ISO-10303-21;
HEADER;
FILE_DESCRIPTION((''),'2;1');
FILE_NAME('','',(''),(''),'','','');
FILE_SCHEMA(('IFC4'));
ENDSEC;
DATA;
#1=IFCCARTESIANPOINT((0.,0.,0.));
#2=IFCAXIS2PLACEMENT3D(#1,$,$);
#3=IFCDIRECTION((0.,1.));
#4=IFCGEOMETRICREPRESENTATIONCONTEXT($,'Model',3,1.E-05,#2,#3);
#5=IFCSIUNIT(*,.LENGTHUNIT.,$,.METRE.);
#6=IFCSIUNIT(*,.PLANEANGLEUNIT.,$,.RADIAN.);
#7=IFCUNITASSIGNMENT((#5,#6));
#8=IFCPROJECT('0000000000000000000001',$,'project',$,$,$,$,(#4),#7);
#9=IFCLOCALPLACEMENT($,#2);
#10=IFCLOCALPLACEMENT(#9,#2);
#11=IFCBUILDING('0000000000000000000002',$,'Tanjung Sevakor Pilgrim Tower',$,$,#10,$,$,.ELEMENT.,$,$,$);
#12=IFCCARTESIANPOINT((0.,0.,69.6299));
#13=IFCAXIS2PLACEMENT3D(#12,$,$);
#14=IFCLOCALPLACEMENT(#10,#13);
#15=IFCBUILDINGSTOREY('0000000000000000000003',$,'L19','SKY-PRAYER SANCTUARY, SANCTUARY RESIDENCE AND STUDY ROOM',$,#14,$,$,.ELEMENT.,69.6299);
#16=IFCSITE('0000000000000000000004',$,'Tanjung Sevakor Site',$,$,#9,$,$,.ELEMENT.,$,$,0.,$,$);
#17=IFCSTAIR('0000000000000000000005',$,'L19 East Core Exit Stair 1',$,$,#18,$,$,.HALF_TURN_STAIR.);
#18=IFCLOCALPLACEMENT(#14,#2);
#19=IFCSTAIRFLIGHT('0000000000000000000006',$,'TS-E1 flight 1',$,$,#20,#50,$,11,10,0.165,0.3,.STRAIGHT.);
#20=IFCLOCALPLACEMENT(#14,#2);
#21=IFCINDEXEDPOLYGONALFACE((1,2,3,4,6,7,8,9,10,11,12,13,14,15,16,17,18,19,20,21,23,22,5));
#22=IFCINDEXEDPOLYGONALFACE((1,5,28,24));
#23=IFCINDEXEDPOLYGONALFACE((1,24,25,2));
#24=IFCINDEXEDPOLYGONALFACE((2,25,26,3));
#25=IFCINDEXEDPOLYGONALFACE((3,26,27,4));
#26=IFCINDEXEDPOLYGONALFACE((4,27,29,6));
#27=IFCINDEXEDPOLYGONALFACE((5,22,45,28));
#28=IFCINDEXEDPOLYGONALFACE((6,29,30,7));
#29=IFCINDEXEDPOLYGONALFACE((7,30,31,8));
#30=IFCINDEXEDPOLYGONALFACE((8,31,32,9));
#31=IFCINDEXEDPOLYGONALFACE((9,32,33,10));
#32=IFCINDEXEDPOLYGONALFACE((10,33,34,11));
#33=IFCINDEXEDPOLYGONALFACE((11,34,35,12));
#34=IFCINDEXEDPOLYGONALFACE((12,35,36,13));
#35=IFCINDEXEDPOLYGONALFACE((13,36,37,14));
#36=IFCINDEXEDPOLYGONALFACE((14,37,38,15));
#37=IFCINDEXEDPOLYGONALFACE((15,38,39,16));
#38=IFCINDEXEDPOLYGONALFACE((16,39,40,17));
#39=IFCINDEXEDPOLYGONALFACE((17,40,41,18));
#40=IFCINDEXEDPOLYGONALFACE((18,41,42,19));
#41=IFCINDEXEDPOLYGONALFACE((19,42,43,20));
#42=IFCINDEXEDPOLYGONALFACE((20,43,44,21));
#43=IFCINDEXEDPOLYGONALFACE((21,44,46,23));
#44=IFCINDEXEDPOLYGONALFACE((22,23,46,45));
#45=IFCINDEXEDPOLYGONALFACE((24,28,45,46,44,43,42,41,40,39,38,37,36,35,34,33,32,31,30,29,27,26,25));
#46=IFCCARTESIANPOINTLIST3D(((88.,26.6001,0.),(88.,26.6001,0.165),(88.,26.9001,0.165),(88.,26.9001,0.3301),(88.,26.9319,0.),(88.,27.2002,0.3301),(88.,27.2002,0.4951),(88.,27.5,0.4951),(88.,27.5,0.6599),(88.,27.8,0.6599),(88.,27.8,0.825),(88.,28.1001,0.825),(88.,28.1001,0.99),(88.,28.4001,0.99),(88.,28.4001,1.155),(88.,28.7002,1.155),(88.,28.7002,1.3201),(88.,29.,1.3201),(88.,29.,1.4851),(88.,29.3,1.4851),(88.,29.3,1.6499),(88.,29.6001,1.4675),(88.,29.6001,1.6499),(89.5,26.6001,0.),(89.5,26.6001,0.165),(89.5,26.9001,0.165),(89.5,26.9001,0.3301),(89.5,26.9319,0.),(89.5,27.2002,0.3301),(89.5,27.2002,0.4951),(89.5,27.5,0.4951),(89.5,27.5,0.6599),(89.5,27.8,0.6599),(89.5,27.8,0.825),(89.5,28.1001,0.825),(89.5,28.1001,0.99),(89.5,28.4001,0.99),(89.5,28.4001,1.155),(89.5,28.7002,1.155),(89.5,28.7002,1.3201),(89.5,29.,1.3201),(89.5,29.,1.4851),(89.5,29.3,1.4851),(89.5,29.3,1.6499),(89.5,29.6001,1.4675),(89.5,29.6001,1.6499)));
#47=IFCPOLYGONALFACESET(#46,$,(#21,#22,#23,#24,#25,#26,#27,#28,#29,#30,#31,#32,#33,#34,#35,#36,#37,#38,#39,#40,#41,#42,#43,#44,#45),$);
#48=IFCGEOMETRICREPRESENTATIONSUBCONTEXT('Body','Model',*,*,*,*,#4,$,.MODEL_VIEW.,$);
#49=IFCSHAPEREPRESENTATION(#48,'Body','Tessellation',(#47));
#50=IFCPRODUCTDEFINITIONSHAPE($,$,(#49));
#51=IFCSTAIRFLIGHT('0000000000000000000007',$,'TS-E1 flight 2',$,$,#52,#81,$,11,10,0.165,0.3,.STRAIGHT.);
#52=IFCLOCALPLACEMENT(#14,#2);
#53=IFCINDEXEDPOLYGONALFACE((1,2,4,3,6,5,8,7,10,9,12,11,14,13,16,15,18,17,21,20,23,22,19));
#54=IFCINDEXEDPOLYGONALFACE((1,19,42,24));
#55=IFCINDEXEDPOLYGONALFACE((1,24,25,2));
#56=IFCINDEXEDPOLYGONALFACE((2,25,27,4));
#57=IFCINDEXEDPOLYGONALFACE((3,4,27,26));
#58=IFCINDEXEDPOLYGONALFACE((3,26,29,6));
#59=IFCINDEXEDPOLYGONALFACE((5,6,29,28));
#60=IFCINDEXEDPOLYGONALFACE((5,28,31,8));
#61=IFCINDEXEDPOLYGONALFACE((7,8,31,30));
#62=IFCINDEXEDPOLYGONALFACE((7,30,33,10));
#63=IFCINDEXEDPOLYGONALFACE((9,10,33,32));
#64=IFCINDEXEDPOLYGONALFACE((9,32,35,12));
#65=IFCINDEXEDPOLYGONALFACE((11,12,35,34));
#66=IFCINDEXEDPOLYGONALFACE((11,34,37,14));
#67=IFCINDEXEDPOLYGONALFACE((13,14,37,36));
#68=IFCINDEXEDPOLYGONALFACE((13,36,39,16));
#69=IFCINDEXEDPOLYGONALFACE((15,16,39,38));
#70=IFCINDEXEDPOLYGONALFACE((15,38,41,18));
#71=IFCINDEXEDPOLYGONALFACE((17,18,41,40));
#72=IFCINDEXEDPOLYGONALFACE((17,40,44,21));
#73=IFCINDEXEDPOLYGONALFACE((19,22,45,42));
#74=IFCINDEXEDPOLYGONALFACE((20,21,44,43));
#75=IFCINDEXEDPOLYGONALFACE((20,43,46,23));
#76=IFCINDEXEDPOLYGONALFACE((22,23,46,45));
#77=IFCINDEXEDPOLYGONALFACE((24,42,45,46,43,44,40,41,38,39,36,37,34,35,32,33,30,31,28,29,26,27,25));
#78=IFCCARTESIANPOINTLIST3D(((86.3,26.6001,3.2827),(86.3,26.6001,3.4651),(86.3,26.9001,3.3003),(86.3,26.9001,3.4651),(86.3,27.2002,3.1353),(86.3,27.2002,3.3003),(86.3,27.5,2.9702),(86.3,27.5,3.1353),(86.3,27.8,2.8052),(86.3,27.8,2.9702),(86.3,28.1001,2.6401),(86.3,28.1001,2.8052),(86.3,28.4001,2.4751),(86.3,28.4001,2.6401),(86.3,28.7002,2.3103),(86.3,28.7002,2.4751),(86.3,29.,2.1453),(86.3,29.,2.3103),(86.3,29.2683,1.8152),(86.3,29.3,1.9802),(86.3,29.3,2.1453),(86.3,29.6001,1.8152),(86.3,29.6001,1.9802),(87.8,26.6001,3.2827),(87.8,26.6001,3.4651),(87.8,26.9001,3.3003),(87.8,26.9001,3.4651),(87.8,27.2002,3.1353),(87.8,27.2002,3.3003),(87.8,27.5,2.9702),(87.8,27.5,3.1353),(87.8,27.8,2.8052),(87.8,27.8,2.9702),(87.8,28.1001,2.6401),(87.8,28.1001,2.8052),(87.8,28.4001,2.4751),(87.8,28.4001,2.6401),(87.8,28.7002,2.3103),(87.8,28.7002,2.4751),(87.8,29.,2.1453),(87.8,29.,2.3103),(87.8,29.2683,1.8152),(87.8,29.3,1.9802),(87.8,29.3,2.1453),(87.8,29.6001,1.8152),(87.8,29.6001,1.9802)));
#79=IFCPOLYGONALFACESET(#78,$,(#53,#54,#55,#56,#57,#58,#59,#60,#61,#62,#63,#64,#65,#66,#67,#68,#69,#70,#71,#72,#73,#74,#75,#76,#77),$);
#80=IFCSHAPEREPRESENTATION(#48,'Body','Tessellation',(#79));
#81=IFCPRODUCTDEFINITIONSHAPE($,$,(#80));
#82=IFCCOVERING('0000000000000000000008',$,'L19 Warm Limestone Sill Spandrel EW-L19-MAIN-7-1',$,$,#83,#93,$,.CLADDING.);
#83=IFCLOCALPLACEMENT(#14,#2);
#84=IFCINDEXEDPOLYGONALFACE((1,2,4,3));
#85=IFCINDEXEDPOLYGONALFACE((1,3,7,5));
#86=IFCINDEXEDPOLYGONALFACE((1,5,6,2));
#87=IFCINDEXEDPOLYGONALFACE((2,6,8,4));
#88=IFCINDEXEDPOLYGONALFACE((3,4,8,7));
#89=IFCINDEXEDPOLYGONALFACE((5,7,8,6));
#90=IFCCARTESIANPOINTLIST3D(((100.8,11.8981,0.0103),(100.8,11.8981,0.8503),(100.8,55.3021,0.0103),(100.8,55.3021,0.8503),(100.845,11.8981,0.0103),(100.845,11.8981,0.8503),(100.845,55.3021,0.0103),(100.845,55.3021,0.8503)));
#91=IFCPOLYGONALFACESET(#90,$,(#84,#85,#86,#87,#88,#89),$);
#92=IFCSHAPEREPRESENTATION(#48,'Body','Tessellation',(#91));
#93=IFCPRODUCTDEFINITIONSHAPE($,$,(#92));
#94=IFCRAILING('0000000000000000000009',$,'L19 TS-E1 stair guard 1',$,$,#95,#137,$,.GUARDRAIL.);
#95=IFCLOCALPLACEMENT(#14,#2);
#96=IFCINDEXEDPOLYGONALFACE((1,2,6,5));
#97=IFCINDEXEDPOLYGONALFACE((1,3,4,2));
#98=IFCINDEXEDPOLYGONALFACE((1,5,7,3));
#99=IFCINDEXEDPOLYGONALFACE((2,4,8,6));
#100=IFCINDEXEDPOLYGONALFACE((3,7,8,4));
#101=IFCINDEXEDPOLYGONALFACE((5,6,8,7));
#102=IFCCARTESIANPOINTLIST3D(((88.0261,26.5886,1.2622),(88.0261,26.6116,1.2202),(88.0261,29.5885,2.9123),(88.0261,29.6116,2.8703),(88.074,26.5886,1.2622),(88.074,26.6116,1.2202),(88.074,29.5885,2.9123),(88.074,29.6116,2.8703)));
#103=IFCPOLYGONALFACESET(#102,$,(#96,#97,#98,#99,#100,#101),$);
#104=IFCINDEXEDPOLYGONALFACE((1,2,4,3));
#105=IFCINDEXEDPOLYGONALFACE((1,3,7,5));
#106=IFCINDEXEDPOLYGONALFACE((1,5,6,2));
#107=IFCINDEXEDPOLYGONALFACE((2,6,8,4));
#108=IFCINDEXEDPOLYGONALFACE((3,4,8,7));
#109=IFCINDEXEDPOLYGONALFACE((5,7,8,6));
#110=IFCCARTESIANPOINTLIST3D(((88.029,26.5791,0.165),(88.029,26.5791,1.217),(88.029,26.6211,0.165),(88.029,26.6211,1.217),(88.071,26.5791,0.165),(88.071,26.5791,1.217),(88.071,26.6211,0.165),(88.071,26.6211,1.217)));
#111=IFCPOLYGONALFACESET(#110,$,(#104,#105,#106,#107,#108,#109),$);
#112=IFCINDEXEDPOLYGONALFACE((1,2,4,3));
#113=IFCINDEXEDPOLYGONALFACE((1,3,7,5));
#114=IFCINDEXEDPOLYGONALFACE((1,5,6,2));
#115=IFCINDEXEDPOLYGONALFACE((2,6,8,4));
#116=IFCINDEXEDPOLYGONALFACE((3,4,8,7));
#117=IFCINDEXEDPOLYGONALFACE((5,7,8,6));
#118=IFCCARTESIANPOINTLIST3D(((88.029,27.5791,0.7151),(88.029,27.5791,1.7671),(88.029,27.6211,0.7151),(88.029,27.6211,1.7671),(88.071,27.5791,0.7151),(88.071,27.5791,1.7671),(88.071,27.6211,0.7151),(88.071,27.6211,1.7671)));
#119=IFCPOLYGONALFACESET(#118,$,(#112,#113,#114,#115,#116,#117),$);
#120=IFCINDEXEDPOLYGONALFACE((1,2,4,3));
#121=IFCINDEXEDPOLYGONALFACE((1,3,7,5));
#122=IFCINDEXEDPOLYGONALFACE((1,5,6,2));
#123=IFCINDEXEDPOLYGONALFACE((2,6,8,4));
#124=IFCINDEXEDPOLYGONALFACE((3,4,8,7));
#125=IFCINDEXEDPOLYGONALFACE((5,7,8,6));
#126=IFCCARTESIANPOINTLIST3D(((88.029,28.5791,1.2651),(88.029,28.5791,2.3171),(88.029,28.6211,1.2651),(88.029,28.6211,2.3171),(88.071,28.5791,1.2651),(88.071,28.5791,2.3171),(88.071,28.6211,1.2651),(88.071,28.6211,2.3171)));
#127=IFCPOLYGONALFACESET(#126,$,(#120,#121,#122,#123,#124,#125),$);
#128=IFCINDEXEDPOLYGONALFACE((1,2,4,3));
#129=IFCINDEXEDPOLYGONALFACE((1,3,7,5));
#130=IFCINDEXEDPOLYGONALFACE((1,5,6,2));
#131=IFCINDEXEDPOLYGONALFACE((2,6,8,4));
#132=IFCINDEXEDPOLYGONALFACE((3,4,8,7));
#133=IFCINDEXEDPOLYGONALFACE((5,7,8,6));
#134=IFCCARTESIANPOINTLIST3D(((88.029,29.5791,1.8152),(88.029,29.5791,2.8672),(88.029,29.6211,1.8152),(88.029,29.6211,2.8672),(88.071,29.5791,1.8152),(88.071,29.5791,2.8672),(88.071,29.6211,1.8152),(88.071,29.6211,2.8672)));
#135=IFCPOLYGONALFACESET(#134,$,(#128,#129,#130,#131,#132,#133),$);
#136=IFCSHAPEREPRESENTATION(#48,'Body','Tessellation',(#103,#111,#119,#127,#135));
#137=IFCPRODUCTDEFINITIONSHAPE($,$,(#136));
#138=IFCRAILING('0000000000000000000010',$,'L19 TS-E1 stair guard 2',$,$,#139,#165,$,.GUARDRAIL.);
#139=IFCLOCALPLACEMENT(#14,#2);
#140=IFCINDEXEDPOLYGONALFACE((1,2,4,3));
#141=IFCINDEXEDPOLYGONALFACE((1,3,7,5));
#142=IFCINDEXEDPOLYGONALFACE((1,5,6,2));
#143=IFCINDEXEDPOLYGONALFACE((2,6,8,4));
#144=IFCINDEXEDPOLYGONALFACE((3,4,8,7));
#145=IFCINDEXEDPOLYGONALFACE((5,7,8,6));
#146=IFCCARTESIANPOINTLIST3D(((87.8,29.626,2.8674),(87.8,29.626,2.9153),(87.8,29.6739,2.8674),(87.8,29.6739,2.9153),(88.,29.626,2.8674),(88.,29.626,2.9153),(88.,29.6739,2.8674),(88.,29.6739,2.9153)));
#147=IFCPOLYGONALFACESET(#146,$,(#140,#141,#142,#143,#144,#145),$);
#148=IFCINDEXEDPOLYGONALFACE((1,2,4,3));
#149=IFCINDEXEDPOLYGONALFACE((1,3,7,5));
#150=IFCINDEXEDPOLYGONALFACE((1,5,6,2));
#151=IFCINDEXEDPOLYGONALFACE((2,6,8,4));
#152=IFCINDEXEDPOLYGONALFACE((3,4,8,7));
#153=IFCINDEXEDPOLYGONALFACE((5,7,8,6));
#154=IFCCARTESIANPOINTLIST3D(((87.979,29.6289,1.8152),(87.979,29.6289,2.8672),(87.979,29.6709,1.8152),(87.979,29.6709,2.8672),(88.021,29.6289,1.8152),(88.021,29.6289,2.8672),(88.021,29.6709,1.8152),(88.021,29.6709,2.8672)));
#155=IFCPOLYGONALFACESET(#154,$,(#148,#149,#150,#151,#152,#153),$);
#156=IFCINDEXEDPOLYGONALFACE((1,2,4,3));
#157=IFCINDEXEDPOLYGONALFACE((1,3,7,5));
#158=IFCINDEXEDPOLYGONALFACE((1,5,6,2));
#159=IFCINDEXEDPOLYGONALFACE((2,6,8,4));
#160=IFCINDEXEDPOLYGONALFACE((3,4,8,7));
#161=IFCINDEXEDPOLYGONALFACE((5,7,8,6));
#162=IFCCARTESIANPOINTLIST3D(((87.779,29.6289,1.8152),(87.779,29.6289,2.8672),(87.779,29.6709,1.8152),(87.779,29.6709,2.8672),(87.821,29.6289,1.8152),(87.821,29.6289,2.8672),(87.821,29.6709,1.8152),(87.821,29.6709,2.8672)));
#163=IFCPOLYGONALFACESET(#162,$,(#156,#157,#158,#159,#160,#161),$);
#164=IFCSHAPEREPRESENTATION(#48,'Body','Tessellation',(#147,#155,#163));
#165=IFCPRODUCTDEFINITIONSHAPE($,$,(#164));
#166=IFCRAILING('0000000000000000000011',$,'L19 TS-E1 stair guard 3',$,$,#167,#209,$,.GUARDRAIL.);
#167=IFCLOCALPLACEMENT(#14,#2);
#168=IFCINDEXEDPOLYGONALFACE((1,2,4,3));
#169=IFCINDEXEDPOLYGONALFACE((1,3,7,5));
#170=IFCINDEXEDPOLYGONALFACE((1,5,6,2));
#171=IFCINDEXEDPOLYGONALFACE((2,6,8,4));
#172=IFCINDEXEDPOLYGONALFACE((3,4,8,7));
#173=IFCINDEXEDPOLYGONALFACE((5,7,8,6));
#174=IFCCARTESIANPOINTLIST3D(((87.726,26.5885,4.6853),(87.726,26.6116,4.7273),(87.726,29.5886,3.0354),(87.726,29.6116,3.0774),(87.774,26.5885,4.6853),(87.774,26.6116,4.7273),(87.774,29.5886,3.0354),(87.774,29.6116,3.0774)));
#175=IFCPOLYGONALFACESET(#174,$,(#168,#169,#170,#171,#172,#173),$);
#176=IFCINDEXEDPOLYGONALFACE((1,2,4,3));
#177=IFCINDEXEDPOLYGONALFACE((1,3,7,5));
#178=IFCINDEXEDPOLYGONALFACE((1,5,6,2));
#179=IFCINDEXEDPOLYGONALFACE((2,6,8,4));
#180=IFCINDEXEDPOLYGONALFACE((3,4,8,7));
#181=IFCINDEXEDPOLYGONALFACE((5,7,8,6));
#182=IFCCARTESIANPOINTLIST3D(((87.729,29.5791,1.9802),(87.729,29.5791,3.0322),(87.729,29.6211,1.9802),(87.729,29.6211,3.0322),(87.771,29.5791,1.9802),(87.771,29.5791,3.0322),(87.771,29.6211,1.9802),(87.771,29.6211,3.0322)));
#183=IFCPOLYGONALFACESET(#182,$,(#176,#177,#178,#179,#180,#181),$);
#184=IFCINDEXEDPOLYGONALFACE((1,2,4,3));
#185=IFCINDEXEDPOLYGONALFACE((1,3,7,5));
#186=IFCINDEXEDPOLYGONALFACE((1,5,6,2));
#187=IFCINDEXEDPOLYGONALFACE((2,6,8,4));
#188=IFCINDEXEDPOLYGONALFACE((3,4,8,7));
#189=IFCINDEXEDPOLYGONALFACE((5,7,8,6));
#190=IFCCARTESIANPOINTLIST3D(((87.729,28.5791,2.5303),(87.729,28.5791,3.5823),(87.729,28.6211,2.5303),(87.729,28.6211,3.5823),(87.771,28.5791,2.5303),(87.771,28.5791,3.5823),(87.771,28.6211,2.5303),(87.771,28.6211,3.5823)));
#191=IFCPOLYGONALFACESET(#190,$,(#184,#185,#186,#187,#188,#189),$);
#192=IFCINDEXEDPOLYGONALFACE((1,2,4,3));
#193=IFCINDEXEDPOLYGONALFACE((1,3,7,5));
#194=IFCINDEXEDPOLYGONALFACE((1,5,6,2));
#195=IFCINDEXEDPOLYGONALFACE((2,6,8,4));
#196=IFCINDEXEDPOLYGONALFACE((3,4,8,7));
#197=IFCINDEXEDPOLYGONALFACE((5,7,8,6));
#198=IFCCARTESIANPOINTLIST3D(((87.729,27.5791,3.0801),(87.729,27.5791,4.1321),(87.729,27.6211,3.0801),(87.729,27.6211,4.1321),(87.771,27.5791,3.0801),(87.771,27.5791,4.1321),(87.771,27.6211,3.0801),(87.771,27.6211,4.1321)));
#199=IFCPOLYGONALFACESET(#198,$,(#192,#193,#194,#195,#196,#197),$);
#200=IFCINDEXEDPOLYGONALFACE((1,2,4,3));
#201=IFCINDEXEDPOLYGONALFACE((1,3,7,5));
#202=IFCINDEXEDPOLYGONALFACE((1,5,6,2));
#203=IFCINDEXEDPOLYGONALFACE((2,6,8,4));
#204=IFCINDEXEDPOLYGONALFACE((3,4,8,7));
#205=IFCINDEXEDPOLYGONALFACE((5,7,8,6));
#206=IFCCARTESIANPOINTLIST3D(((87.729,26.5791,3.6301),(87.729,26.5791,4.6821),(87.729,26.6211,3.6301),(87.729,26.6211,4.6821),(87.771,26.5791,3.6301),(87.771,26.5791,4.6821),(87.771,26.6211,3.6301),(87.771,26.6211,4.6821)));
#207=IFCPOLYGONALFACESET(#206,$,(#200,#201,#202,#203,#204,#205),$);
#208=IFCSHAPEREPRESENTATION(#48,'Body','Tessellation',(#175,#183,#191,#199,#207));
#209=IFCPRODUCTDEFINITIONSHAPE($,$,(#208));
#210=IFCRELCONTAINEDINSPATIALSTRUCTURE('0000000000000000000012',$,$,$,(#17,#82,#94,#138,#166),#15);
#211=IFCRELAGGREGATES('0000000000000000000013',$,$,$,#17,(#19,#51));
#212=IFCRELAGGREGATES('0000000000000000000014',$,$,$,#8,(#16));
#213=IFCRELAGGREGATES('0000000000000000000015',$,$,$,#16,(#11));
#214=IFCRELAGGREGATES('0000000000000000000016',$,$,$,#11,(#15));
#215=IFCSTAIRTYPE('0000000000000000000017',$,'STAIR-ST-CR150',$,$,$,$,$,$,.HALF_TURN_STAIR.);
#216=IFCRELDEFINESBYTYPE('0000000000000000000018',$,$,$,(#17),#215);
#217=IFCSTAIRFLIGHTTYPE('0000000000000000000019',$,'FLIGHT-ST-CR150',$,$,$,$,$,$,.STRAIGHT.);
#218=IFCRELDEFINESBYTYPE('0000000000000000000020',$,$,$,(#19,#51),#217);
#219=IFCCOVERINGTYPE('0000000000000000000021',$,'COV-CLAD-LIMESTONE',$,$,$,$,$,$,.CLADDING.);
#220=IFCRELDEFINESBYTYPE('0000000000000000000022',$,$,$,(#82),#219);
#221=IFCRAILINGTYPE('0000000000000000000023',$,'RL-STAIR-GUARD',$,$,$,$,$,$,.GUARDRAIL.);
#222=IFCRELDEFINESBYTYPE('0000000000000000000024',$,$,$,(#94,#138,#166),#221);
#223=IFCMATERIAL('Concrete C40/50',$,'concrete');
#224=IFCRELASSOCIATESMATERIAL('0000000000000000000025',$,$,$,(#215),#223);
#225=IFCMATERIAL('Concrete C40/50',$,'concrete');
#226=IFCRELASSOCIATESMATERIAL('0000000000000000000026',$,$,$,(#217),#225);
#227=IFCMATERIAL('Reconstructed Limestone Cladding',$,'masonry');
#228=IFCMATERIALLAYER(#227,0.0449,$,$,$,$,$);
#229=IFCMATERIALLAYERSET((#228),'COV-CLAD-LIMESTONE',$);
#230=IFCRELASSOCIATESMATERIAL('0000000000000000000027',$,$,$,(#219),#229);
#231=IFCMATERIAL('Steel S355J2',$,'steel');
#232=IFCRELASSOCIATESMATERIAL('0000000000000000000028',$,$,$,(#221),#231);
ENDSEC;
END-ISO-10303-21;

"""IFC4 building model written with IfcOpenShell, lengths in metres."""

from ifc_helpers import new_model, si_unit, direction, frame, origin, origin_2d, place, context, subcontext, project, spatial, polyline, rectangle, outline, extrude, material, layer, layer_set, type_object, element, aggregate, save


model = new_model("IFC4")

# Units and contexts
model_context = context("Model", 3, precision=1e-05, world=origin(), true_north=direction((0.0, 1.0)))
body_context = subcontext(model_context, "Body", "Model", "MODEL_VIEW")
ifc_project = project(units=[si_unit("LENGTHUNIT", "METRE"), si_unit("PLANEANGLEUNIT", "RADIAN")], contexts=[model_context])

# Site, building, storey
site_placement = place(None, origin())
site = spatial("IfcSite", under=ifc_project, at=site_placement, Name="Tanjung Sevakor Site", CompositionType="ELEMENT", RefElevation=0.0)
building_placement = place(site_placement, origin())
building = spatial("IfcBuilding", under=site, at=building_placement, Name="Tanjung Sevakor Pilgrim Tower", CompositionType="ELEMENT")
storey_placement = place(building_placement, frame((0.0, 0.0, 69.6299)))
storey = spatial("IfcBuildingStorey", under=building, at=storey_placement, Name="L19", Description="SKY-PRAYER SANCTUARY, SANCTUARY RESIDENCE AND STUDY ROOM", CompositionType="ELEMENT", Elevation=69.6299)

# Stair, stair flights
ifc_material_1 = material(Name="Concrete C40/50", Category="concrete")
stair_type = type_object("IfcStairType", Name="STAIR-ST-CR150", PredefinedType="HALF_TURN_STAIR", material=ifc_material_1)
stair_placement = place(storey_placement, origin())
stair = element("IfcStair", 1, at=stair_placement, inside=storey, type_object=stair_type, Name="L19 East Core Exit Stair 1", PredefinedType="HALF_TURN_STAIR")
ifc_material_2 = material(Name="Concrete C40/50", Category="concrete")
stair_flight_type = type_object("IfcStairFlightType", Name="FLIGHT-ST-CR150", PredefinedType="STRAIGHT", material=ifc_material_2)
stair_flight_1_placement = place(storey_placement, frame((88.75, 26.6001, 0.0), z_axis=(0.0, 0.0, 1.0), x_axis=(0.0, 1.0, 0.0)))
stair_flight_1 = element("IfcStairFlight", 2, at=stair_flight_1_placement, type_object=stair_flight_type, Name="TS-E1 flight 1", NumberOfRisers=11, NumberOfTreads=10, PredefinedType="STRAIGHT", RiserHeight=0.165, TreadLength=0.3, context=body_context, shape_type="SweptSolid", body=[
    extrude(outline(polyline([(0.0, 0.0), (0.0, 0.165), (0.3, 0.165), (0.3, 0.3301), (0.6001, 0.3301), (0.6001, 0.4951), (0.8999, 0.4951), (0.8999, 0.6599), (1.2, 0.6599), (1.2, 0.825), (1.5, 0.825), (1.5, 0.99), (1.8, 0.99), (1.8, 1.155), (2.1001, 1.155), (2.1001, 1.3201), (2.3999, 1.3201), (2.3999, 1.4851), (2.7, 1.4851), (2.7, 1.6499), (3.0, 1.6499), (3.0, 1.8149), (3.0, 1.4675), (0.3318, 0.0), (0.0, 0.0)])), frame((0.0, 0.75, 0.0), z_axis=(0.0, -1.0, 0.0), x_axis=(1.0, 0.0, 0.0)), (0.0, 0.0, 1.0), 1.5),
])
stair_flight_2_placement = place(storey_placement, frame((87.05, 29.6001, 1.8152), z_axis=(0.0, 0.0, 1.0), x_axis=(0.0, -1.0, 0.0)))
stair_flight_2 = element("IfcStairFlight", 3, at=stair_flight_2_placement, type_object=stair_flight_type, Name="TS-E1 flight 2", NumberOfRisers=11, NumberOfTreads=10, PredefinedType="STRAIGHT", RiserHeight=0.165, TreadLength=0.3, context=body_context, shape_type="SweptSolid", body=[
    extrude(outline(polyline([(0.0, 0.0), (0.0, 0.165), (0.3, 0.165), (0.3, 0.3301), (0.6001, 0.3301), (0.6001, 0.4951), (0.8999, 0.4951), (0.8999, 0.6599), (1.2, 0.6599), (1.2, 0.825), (1.5, 0.825), (1.5, 0.99), (1.8, 0.99), (1.8, 1.155), (2.1001, 1.155), (2.1001, 1.3201), (2.3999, 1.3201), (2.3999, 1.4851), (2.7, 1.4851), (2.7, 1.6499), (3.0, 1.6499), (3.0, 1.8149), (3.0, 1.4675), (0.3318, 0.0), (0.0, 0.0)])), frame((0.0, 0.75, 0.0), z_axis=(0.0, -1.0, 0.0), x_axis=(1.0, 0.0, 0.0)), (0.0, 0.0, 1.0), 1.5),
])
aggregate(stair, [stair_flight_1, stair_flight_2])

# Covering
ifc_material_3 = material(Name="Reconstructed Limestone Cladding", Category="masonry")
ifc_layer_1 = layer(ifc_material_3, 0.0449)
ifc_layer_set_1 = layer_set([ifc_layer_1], Name="COV-CLAD-LIMESTONE")
covering_type = type_object("IfcCoveringType", Name="COV-CLAD-LIMESTONE", PredefinedType="CLADDING", material=ifc_layer_set_1)
covering_placement = place(storey_placement, frame((100.8225, 33.6001, 0.0103), z_axis=(0.0, 0.0, 1.0), x_axis=(0.0, 1.0, 0.0)))
element("IfcCovering", 4, at=covering_placement, inside=storey, type_object=covering_type, Name="L19 Warm Limestone Sill Spandrel EW-L19-MAIN-7-1", PredefinedType="CLADDING", context=body_context, shape_type="SweptSolid", body=[
    extrude(rectangle(XDim=43.4041, YDim=0.0449, at=origin_2d()), origin(), (0.0, 0.0, 1.0), 0.8401),
])

# Railings
ifc_material_4 = material(Name="Steel S355J2", Category="steel")
railing_type_1 = type_object("IfcRailingType", Name="RL-STAIR-GUARD", PredefinedType="GUARDRAIL", material=ifc_material_4)
railing_1_placement = place(storey_placement, frame((88.05, 26.6001, 0.165)))
element("IfcRailing", 5, at=railing_1_placement, inside=storey, type_object=railing_type_1, Name="L19 TS-E1 stair guard 1", PredefinedType="GUARDRAIL", context=body_context, shape_type="SweptSolid", body=[
    extrude(rectangle(XDim=0.0479, YDim=0.0479), frame((0.0, 0.0, 1.0762), z_axis=(0.0, 0.876198, 0.481952), x_axis=(-1.0, 0.0, 0.0)), (0.0, 0.0, 1.0), 3.4238),
    extrude(rectangle(XDim=0.042, YDim=0.042), origin(), (0.0, 0.0, 1.0), 1.052),
    extrude(rectangle(XDim=0.042, YDim=0.042), frame((0.0, 1.0, 0.55)), (0.0, 0.0, 1.0), 1.052),
    extrude(rectangle(XDim=0.042, YDim=0.042), frame((0.0, 2.0, 1.1001)), (0.0, 0.0, 1.0), 1.052),
    extrude(rectangle(XDim=0.042, YDim=0.042), frame((0.0, 3.0, 1.6501)), (0.0, 0.0, 1.0), 1.052),
])
railing_2_placement = place(storey_placement, frame((88.0, 29.6499, 1.8152)))
element("IfcRailing", 6, at=railing_2_placement, inside=storey, type_object=railing_type_1, Name="L19 TS-E1 stair guard 2", PredefinedType="GUARDRAIL", context=body_context, shape_type="SweptSolid", body=[
    extrude(rectangle(XDim=0.0479, YDim=0.0479), frame((0.0, 0.0, 1.0762), z_axis=(-1.0, 0.0, 0.0), x_axis=(0.0, -1.0, 0.0)), (0.0, 0.0, 1.0), 0.2),
    extrude(rectangle(XDim=0.042, YDim=0.042), origin(), (0.0, 0.0, 1.0), 1.052),
    extrude(rectangle(XDim=0.042, YDim=0.042), frame((-0.2, 0.0, 0.0)), (0.0, 0.0, 1.0), 1.052),
])
railing_3_placement = place(storey_placement, frame((87.75, 29.6001, 1.9802)))
element("IfcRailing", 7, at=railing_3_placement, inside=storey, type_object=railing_type_1, Name="L19 TS-E1 stair guard 3", PredefinedType="GUARDRAIL", context=body_context, shape_type="SweptSolid", body=[
    extrude(rectangle(XDim=0.0479, YDim=0.0479), frame((0.0, 0.0, 1.0762), z_axis=(0.0, -0.876228, 0.481897), x_axis=(1.0, 0.0, 0.0)), (0.0, 0.0, 1.0), 3.4238),
    extrude(rectangle(XDim=0.042, YDim=0.042), origin(), (0.0, 0.0, 1.0), 1.052),
    extrude(rectangle(XDim=0.042, YDim=0.042), frame((0.0, -1.0, 0.55)), (0.0, 0.0, 1.0), 1.052),
    extrude(rectangle(XDim=0.042, YDim=0.042), frame((0.0, -2.0, 1.0999)), (0.0, 0.0, 1.0), 1.052),
    extrude(rectangle(XDim=0.042, YDim=0.042), frame((0.0, -3.0, 1.6499)), (0.0, 0.0, 1.0), 1.052),
])

save(model, "model.ifc")
